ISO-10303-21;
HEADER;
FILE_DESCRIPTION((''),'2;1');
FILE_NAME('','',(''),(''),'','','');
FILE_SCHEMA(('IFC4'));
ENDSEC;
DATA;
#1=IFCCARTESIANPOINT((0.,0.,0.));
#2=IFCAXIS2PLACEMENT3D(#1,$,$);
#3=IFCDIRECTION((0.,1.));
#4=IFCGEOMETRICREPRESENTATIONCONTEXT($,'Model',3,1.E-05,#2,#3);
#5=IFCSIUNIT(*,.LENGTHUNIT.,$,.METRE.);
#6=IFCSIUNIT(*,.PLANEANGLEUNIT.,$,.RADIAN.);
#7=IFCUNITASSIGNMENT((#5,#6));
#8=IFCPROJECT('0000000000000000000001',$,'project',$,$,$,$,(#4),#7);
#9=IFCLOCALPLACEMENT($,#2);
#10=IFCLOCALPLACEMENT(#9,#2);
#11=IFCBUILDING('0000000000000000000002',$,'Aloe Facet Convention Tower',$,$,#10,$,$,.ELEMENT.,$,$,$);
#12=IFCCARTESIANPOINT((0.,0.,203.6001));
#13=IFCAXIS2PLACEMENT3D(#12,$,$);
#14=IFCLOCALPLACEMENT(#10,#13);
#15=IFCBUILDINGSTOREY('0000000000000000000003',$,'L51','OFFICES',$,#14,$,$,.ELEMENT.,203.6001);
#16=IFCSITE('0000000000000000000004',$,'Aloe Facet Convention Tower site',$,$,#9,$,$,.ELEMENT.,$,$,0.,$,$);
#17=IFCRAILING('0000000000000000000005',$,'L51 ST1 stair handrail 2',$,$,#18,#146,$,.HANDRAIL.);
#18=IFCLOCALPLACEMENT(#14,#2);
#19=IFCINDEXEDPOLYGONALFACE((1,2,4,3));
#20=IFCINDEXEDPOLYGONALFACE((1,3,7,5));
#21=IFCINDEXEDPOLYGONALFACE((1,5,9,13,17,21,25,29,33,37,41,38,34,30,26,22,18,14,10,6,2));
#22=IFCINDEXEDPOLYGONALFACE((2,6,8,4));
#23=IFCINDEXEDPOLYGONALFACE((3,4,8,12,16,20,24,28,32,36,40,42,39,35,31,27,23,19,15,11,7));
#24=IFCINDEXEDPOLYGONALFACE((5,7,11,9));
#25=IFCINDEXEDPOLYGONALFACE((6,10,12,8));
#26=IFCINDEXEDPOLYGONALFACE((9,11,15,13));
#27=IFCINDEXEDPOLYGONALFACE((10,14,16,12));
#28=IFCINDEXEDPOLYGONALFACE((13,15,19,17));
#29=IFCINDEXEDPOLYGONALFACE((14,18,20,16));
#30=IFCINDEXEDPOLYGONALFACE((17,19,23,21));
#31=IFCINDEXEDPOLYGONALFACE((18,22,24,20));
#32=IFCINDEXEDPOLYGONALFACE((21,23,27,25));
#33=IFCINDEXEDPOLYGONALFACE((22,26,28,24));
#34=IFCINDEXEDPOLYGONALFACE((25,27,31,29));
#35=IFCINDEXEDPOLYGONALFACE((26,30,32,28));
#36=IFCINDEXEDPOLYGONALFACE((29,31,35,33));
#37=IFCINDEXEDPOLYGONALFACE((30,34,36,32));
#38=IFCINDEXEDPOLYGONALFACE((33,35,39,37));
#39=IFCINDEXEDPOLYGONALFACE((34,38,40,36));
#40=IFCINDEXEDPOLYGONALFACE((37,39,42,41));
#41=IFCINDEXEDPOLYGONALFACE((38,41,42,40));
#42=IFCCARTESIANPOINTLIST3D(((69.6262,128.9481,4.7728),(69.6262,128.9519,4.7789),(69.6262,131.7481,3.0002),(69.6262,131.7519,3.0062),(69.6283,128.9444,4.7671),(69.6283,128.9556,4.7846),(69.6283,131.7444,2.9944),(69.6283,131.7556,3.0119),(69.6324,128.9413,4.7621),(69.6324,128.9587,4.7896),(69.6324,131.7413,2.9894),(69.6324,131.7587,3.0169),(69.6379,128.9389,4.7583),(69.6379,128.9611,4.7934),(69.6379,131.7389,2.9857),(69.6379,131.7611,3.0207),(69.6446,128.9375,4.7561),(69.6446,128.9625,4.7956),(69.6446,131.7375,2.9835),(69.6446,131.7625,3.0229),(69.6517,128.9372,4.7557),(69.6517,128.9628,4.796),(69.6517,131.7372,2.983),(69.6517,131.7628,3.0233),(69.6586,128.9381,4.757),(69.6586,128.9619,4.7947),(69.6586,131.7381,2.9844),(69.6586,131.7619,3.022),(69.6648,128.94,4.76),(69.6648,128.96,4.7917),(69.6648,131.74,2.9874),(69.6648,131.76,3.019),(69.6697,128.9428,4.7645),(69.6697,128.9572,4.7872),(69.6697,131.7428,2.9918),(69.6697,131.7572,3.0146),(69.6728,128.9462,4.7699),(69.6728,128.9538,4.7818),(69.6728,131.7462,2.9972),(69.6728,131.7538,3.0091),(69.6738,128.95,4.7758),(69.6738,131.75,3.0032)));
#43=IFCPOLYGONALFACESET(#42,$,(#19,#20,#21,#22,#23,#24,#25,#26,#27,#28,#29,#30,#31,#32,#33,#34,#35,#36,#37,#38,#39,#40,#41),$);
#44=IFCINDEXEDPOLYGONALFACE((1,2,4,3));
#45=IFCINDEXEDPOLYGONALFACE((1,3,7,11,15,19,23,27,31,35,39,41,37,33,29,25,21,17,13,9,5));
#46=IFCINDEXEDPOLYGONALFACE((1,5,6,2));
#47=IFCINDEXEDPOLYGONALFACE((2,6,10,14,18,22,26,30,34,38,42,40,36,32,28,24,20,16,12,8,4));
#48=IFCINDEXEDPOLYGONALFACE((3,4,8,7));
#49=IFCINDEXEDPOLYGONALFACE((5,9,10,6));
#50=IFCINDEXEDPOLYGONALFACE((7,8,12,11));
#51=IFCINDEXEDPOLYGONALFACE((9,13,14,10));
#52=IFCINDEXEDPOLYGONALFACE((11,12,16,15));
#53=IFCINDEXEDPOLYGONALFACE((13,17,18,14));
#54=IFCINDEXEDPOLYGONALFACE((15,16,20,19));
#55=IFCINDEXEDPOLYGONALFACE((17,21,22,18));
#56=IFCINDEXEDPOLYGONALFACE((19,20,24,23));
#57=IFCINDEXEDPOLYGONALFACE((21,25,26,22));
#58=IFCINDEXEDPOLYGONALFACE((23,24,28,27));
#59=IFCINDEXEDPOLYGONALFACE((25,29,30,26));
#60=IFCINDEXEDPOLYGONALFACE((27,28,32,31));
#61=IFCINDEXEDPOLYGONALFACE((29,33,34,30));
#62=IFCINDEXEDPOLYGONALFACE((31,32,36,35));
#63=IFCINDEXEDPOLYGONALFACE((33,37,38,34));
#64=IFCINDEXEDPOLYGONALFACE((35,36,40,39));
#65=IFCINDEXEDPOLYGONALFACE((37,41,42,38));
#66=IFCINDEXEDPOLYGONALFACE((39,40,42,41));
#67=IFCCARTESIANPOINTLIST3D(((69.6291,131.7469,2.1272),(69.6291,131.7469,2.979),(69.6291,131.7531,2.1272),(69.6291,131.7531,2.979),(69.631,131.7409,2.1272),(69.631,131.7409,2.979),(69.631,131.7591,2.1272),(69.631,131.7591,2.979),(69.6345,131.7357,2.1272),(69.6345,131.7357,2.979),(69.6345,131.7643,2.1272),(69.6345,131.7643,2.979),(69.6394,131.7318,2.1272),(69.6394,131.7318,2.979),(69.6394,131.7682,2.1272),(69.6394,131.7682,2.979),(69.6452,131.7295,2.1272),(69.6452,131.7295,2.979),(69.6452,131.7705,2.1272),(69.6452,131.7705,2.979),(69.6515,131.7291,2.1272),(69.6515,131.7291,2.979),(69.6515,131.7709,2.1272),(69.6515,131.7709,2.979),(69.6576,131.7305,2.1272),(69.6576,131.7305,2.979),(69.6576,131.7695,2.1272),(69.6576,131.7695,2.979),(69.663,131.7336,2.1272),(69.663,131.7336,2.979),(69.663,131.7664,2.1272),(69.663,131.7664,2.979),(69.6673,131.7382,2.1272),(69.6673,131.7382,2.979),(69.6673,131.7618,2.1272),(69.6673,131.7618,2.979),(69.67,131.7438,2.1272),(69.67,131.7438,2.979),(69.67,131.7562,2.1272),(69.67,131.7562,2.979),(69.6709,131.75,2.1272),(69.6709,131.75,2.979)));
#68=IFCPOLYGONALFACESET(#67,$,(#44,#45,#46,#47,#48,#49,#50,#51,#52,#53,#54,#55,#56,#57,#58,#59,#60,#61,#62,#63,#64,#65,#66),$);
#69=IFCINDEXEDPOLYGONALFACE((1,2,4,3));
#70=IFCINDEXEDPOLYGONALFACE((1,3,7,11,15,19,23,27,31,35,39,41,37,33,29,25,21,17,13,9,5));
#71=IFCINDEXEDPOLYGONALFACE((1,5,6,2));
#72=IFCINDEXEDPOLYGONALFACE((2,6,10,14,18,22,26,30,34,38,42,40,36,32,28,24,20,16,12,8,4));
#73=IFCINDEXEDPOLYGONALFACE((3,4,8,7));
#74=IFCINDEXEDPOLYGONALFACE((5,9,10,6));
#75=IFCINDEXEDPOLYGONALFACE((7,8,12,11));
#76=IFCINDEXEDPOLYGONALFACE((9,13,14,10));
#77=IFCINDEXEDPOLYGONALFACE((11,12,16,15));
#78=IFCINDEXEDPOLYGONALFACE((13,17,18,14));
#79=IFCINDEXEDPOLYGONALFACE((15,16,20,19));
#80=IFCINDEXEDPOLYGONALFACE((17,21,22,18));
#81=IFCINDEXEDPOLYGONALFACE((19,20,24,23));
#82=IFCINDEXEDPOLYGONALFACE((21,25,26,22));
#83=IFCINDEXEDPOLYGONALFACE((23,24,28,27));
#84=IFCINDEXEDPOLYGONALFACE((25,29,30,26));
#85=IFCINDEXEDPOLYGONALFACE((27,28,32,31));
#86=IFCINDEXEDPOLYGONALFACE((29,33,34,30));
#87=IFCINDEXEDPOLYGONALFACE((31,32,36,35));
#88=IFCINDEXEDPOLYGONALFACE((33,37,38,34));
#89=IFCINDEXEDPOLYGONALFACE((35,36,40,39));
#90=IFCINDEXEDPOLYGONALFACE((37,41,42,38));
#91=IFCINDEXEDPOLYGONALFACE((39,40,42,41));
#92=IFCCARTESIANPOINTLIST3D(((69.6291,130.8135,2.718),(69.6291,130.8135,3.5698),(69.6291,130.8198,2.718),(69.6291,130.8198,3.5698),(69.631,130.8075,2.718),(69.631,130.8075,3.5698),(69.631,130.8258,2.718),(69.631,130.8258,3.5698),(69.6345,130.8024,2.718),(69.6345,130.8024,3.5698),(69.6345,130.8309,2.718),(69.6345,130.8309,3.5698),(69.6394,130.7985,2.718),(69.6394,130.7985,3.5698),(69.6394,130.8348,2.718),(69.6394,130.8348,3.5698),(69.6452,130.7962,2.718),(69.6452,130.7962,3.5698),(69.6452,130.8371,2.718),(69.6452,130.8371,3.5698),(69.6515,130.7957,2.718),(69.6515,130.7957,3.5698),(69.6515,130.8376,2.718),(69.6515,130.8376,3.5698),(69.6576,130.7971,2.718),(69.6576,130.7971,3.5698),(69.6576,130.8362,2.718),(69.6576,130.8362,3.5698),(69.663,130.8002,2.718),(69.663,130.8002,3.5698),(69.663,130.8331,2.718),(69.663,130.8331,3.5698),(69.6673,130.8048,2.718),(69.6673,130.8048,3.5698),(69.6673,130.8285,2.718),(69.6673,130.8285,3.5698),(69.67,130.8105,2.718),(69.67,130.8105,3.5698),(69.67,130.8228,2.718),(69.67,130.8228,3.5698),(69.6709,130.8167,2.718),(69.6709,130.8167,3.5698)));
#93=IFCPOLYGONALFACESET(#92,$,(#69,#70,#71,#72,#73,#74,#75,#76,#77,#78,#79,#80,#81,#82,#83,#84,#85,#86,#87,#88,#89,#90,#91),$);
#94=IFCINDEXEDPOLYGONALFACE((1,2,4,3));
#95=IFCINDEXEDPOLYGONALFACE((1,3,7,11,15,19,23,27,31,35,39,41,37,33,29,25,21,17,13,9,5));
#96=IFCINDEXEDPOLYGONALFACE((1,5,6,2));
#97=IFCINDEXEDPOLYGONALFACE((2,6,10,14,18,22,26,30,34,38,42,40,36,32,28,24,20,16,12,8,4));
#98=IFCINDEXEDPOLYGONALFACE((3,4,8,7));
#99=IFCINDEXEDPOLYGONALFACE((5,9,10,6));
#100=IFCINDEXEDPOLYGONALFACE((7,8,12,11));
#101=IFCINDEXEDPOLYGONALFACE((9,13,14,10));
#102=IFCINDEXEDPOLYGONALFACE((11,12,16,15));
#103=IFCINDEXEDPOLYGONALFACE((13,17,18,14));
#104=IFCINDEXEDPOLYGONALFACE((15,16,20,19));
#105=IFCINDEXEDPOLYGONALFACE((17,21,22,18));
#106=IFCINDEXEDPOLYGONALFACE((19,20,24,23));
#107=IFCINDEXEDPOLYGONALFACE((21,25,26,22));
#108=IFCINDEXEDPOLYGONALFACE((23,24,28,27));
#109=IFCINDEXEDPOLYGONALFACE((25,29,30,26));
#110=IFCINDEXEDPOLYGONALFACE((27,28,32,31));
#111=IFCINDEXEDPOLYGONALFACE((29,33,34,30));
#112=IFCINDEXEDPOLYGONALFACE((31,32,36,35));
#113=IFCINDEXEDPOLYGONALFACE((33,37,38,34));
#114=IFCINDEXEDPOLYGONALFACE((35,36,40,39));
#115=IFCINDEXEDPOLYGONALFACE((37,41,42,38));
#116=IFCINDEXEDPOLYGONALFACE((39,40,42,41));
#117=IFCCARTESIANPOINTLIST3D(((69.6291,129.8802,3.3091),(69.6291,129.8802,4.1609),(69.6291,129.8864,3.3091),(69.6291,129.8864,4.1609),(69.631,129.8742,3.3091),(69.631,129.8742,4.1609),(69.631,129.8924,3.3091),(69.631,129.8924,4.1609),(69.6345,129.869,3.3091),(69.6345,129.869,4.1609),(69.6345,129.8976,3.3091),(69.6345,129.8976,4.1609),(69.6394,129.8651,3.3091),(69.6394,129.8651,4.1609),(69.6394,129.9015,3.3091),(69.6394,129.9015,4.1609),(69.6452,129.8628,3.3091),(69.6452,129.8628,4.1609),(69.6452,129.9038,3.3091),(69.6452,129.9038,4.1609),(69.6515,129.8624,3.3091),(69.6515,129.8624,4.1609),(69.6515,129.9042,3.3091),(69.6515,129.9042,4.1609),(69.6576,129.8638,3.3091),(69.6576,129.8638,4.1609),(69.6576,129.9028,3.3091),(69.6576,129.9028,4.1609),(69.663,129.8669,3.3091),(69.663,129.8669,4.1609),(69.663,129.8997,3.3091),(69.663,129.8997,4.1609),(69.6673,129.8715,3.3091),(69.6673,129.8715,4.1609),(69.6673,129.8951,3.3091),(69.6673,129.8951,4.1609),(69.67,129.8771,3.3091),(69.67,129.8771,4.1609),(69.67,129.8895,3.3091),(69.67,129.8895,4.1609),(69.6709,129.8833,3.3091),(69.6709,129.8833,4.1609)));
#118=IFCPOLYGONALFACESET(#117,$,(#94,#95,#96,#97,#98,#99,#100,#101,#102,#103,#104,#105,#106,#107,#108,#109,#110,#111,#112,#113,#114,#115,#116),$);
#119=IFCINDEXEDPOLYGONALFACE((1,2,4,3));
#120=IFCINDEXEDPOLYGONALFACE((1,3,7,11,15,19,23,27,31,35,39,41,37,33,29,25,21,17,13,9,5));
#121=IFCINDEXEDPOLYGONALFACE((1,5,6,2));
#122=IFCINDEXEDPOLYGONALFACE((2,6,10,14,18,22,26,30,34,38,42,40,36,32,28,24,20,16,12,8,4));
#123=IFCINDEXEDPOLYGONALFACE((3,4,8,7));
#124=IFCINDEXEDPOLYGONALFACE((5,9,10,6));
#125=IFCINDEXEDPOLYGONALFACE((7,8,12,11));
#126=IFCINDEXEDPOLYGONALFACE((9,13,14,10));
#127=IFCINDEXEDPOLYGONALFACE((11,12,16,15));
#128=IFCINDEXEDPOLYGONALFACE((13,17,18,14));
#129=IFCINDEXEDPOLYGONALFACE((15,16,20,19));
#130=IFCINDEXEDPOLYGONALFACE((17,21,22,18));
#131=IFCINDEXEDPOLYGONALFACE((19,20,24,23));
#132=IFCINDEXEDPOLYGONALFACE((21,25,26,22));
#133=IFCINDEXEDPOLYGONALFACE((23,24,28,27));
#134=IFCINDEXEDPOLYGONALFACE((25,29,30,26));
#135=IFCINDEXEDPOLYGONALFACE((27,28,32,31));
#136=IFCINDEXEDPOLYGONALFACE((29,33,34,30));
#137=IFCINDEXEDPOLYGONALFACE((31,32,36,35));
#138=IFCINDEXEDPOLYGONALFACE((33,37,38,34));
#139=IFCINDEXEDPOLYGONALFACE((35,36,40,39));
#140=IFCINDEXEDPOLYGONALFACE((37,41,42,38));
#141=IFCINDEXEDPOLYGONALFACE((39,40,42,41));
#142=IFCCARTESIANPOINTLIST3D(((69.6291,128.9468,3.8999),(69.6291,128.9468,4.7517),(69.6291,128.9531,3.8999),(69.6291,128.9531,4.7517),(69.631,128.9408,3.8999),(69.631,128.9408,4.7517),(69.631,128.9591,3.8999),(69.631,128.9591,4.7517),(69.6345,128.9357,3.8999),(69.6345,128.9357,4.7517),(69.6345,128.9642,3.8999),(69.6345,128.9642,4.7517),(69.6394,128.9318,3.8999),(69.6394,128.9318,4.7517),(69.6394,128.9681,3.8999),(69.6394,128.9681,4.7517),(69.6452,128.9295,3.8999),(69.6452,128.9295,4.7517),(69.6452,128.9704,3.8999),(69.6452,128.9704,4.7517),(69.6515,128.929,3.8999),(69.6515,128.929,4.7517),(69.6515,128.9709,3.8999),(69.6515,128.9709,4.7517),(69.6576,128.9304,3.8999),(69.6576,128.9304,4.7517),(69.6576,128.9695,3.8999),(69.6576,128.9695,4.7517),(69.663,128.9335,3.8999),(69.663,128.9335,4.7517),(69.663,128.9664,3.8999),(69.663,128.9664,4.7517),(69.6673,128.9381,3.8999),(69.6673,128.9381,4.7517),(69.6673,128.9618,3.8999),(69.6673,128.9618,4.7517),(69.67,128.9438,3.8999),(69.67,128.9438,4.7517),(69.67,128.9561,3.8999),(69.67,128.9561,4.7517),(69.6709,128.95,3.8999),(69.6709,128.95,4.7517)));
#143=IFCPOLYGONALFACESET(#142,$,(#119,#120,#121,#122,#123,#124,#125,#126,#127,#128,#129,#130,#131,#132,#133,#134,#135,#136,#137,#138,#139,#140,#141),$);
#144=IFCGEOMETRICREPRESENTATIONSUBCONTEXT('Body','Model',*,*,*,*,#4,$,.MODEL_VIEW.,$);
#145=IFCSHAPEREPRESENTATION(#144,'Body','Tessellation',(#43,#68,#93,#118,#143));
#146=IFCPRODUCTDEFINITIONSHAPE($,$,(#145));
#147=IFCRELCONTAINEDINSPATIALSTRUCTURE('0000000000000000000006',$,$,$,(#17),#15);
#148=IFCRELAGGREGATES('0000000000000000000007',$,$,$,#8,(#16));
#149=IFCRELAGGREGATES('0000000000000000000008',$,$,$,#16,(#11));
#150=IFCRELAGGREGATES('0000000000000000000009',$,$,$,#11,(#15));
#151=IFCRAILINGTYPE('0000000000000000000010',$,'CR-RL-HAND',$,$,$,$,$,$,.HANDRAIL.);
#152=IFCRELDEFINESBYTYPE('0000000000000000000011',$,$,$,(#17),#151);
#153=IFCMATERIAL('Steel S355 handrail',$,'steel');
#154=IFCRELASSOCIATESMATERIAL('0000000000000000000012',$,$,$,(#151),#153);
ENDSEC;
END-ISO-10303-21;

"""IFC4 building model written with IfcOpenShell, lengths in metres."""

from ifc_helpers import new_model, si_unit, direction, frame, origin, origin_2d, place, context, subcontext, project, spatial, circle, extrude, material, type_object, element, save


model = new_model("IFC4")

# Units and contexts
model_context = context("Model", 3, precision=1e-05, world=origin(), true_north=direction((0.0, 1.0)))
body_context = subcontext(model_context, "Body", "Model", "MODEL_VIEW")
ifc_project = project(units=[si_unit("LENGTHUNIT", "METRE"), si_unit("PLANEANGLEUNIT", "RADIAN")], contexts=[model_context])

# Site, building, storey
site_placement = place(None, origin())
site = spatial("IfcSite", under=ifc_project, at=site_placement, Name="Aloe Facet Convention Tower site", CompositionType="ELEMENT", RefElevation=0.0)
building_placement = place(site_placement, origin())
building = spatial("IfcBuilding", under=site, at=building_placement, Name="Aloe Facet Convention Tower", CompositionType="ELEMENT")
storey_placement = place(building_placement, frame((0.0, 0.0, 203.6001)))
storey = spatial("IfcBuildingStorey", under=building, at=storey_placement, Name="L51", Description="OFFICES", CompositionType="ELEMENT", Elevation=203.6001)

# Railing
ifc_material_1 = material(Name="Steel S355 handrail", Category="steel")
railing_type_1 = type_object("IfcRailingType", Name="CR-RL-HAND", PredefinedType="HANDRAIL", material=ifc_material_1)
railing_1_placement = place(storey_placement, frame((69.6499, 131.75, 2.1272)))
element("IfcRailing", 1, at=railing_1_placement, inside=storey, type_object=railing_type_1, Name="L51 ST1 stair handrail 2", PredefinedType="HANDRAIL", context=body_context, shape_type="SweptSolid", body=[
    extrude(circle(Radius=0.0239, at=origin_2d()), frame((0.0, 0.0, 0.876), z_axis=(0.0, -0.844909, 0.53491), x_axis=(1.0, 0.0, 0.0)), (0.0, 0.0, 1.0), 3.314),
    extrude(circle(Radius=0.021, at=origin_2d()), origin(), (0.0, 0.0, 1.0), 0.8518),
    extrude(circle(Radius=0.021, at=origin_2d()), frame((0.0, -0.9333, 0.5908)), (0.0, 0.0, 1.0), 0.8518),
    extrude(circle(Radius=0.021, at=origin_2d()), frame((0.0, -1.8667, 1.1819)), (0.0, 0.0, 1.0), 0.8518),
    extrude(circle(Radius=0.021, at=origin_2d()), frame((0.0, -2.8, 1.7727)), (0.0, 0.0, 1.0), 0.8518),
])

save(model, "model.ifc")
